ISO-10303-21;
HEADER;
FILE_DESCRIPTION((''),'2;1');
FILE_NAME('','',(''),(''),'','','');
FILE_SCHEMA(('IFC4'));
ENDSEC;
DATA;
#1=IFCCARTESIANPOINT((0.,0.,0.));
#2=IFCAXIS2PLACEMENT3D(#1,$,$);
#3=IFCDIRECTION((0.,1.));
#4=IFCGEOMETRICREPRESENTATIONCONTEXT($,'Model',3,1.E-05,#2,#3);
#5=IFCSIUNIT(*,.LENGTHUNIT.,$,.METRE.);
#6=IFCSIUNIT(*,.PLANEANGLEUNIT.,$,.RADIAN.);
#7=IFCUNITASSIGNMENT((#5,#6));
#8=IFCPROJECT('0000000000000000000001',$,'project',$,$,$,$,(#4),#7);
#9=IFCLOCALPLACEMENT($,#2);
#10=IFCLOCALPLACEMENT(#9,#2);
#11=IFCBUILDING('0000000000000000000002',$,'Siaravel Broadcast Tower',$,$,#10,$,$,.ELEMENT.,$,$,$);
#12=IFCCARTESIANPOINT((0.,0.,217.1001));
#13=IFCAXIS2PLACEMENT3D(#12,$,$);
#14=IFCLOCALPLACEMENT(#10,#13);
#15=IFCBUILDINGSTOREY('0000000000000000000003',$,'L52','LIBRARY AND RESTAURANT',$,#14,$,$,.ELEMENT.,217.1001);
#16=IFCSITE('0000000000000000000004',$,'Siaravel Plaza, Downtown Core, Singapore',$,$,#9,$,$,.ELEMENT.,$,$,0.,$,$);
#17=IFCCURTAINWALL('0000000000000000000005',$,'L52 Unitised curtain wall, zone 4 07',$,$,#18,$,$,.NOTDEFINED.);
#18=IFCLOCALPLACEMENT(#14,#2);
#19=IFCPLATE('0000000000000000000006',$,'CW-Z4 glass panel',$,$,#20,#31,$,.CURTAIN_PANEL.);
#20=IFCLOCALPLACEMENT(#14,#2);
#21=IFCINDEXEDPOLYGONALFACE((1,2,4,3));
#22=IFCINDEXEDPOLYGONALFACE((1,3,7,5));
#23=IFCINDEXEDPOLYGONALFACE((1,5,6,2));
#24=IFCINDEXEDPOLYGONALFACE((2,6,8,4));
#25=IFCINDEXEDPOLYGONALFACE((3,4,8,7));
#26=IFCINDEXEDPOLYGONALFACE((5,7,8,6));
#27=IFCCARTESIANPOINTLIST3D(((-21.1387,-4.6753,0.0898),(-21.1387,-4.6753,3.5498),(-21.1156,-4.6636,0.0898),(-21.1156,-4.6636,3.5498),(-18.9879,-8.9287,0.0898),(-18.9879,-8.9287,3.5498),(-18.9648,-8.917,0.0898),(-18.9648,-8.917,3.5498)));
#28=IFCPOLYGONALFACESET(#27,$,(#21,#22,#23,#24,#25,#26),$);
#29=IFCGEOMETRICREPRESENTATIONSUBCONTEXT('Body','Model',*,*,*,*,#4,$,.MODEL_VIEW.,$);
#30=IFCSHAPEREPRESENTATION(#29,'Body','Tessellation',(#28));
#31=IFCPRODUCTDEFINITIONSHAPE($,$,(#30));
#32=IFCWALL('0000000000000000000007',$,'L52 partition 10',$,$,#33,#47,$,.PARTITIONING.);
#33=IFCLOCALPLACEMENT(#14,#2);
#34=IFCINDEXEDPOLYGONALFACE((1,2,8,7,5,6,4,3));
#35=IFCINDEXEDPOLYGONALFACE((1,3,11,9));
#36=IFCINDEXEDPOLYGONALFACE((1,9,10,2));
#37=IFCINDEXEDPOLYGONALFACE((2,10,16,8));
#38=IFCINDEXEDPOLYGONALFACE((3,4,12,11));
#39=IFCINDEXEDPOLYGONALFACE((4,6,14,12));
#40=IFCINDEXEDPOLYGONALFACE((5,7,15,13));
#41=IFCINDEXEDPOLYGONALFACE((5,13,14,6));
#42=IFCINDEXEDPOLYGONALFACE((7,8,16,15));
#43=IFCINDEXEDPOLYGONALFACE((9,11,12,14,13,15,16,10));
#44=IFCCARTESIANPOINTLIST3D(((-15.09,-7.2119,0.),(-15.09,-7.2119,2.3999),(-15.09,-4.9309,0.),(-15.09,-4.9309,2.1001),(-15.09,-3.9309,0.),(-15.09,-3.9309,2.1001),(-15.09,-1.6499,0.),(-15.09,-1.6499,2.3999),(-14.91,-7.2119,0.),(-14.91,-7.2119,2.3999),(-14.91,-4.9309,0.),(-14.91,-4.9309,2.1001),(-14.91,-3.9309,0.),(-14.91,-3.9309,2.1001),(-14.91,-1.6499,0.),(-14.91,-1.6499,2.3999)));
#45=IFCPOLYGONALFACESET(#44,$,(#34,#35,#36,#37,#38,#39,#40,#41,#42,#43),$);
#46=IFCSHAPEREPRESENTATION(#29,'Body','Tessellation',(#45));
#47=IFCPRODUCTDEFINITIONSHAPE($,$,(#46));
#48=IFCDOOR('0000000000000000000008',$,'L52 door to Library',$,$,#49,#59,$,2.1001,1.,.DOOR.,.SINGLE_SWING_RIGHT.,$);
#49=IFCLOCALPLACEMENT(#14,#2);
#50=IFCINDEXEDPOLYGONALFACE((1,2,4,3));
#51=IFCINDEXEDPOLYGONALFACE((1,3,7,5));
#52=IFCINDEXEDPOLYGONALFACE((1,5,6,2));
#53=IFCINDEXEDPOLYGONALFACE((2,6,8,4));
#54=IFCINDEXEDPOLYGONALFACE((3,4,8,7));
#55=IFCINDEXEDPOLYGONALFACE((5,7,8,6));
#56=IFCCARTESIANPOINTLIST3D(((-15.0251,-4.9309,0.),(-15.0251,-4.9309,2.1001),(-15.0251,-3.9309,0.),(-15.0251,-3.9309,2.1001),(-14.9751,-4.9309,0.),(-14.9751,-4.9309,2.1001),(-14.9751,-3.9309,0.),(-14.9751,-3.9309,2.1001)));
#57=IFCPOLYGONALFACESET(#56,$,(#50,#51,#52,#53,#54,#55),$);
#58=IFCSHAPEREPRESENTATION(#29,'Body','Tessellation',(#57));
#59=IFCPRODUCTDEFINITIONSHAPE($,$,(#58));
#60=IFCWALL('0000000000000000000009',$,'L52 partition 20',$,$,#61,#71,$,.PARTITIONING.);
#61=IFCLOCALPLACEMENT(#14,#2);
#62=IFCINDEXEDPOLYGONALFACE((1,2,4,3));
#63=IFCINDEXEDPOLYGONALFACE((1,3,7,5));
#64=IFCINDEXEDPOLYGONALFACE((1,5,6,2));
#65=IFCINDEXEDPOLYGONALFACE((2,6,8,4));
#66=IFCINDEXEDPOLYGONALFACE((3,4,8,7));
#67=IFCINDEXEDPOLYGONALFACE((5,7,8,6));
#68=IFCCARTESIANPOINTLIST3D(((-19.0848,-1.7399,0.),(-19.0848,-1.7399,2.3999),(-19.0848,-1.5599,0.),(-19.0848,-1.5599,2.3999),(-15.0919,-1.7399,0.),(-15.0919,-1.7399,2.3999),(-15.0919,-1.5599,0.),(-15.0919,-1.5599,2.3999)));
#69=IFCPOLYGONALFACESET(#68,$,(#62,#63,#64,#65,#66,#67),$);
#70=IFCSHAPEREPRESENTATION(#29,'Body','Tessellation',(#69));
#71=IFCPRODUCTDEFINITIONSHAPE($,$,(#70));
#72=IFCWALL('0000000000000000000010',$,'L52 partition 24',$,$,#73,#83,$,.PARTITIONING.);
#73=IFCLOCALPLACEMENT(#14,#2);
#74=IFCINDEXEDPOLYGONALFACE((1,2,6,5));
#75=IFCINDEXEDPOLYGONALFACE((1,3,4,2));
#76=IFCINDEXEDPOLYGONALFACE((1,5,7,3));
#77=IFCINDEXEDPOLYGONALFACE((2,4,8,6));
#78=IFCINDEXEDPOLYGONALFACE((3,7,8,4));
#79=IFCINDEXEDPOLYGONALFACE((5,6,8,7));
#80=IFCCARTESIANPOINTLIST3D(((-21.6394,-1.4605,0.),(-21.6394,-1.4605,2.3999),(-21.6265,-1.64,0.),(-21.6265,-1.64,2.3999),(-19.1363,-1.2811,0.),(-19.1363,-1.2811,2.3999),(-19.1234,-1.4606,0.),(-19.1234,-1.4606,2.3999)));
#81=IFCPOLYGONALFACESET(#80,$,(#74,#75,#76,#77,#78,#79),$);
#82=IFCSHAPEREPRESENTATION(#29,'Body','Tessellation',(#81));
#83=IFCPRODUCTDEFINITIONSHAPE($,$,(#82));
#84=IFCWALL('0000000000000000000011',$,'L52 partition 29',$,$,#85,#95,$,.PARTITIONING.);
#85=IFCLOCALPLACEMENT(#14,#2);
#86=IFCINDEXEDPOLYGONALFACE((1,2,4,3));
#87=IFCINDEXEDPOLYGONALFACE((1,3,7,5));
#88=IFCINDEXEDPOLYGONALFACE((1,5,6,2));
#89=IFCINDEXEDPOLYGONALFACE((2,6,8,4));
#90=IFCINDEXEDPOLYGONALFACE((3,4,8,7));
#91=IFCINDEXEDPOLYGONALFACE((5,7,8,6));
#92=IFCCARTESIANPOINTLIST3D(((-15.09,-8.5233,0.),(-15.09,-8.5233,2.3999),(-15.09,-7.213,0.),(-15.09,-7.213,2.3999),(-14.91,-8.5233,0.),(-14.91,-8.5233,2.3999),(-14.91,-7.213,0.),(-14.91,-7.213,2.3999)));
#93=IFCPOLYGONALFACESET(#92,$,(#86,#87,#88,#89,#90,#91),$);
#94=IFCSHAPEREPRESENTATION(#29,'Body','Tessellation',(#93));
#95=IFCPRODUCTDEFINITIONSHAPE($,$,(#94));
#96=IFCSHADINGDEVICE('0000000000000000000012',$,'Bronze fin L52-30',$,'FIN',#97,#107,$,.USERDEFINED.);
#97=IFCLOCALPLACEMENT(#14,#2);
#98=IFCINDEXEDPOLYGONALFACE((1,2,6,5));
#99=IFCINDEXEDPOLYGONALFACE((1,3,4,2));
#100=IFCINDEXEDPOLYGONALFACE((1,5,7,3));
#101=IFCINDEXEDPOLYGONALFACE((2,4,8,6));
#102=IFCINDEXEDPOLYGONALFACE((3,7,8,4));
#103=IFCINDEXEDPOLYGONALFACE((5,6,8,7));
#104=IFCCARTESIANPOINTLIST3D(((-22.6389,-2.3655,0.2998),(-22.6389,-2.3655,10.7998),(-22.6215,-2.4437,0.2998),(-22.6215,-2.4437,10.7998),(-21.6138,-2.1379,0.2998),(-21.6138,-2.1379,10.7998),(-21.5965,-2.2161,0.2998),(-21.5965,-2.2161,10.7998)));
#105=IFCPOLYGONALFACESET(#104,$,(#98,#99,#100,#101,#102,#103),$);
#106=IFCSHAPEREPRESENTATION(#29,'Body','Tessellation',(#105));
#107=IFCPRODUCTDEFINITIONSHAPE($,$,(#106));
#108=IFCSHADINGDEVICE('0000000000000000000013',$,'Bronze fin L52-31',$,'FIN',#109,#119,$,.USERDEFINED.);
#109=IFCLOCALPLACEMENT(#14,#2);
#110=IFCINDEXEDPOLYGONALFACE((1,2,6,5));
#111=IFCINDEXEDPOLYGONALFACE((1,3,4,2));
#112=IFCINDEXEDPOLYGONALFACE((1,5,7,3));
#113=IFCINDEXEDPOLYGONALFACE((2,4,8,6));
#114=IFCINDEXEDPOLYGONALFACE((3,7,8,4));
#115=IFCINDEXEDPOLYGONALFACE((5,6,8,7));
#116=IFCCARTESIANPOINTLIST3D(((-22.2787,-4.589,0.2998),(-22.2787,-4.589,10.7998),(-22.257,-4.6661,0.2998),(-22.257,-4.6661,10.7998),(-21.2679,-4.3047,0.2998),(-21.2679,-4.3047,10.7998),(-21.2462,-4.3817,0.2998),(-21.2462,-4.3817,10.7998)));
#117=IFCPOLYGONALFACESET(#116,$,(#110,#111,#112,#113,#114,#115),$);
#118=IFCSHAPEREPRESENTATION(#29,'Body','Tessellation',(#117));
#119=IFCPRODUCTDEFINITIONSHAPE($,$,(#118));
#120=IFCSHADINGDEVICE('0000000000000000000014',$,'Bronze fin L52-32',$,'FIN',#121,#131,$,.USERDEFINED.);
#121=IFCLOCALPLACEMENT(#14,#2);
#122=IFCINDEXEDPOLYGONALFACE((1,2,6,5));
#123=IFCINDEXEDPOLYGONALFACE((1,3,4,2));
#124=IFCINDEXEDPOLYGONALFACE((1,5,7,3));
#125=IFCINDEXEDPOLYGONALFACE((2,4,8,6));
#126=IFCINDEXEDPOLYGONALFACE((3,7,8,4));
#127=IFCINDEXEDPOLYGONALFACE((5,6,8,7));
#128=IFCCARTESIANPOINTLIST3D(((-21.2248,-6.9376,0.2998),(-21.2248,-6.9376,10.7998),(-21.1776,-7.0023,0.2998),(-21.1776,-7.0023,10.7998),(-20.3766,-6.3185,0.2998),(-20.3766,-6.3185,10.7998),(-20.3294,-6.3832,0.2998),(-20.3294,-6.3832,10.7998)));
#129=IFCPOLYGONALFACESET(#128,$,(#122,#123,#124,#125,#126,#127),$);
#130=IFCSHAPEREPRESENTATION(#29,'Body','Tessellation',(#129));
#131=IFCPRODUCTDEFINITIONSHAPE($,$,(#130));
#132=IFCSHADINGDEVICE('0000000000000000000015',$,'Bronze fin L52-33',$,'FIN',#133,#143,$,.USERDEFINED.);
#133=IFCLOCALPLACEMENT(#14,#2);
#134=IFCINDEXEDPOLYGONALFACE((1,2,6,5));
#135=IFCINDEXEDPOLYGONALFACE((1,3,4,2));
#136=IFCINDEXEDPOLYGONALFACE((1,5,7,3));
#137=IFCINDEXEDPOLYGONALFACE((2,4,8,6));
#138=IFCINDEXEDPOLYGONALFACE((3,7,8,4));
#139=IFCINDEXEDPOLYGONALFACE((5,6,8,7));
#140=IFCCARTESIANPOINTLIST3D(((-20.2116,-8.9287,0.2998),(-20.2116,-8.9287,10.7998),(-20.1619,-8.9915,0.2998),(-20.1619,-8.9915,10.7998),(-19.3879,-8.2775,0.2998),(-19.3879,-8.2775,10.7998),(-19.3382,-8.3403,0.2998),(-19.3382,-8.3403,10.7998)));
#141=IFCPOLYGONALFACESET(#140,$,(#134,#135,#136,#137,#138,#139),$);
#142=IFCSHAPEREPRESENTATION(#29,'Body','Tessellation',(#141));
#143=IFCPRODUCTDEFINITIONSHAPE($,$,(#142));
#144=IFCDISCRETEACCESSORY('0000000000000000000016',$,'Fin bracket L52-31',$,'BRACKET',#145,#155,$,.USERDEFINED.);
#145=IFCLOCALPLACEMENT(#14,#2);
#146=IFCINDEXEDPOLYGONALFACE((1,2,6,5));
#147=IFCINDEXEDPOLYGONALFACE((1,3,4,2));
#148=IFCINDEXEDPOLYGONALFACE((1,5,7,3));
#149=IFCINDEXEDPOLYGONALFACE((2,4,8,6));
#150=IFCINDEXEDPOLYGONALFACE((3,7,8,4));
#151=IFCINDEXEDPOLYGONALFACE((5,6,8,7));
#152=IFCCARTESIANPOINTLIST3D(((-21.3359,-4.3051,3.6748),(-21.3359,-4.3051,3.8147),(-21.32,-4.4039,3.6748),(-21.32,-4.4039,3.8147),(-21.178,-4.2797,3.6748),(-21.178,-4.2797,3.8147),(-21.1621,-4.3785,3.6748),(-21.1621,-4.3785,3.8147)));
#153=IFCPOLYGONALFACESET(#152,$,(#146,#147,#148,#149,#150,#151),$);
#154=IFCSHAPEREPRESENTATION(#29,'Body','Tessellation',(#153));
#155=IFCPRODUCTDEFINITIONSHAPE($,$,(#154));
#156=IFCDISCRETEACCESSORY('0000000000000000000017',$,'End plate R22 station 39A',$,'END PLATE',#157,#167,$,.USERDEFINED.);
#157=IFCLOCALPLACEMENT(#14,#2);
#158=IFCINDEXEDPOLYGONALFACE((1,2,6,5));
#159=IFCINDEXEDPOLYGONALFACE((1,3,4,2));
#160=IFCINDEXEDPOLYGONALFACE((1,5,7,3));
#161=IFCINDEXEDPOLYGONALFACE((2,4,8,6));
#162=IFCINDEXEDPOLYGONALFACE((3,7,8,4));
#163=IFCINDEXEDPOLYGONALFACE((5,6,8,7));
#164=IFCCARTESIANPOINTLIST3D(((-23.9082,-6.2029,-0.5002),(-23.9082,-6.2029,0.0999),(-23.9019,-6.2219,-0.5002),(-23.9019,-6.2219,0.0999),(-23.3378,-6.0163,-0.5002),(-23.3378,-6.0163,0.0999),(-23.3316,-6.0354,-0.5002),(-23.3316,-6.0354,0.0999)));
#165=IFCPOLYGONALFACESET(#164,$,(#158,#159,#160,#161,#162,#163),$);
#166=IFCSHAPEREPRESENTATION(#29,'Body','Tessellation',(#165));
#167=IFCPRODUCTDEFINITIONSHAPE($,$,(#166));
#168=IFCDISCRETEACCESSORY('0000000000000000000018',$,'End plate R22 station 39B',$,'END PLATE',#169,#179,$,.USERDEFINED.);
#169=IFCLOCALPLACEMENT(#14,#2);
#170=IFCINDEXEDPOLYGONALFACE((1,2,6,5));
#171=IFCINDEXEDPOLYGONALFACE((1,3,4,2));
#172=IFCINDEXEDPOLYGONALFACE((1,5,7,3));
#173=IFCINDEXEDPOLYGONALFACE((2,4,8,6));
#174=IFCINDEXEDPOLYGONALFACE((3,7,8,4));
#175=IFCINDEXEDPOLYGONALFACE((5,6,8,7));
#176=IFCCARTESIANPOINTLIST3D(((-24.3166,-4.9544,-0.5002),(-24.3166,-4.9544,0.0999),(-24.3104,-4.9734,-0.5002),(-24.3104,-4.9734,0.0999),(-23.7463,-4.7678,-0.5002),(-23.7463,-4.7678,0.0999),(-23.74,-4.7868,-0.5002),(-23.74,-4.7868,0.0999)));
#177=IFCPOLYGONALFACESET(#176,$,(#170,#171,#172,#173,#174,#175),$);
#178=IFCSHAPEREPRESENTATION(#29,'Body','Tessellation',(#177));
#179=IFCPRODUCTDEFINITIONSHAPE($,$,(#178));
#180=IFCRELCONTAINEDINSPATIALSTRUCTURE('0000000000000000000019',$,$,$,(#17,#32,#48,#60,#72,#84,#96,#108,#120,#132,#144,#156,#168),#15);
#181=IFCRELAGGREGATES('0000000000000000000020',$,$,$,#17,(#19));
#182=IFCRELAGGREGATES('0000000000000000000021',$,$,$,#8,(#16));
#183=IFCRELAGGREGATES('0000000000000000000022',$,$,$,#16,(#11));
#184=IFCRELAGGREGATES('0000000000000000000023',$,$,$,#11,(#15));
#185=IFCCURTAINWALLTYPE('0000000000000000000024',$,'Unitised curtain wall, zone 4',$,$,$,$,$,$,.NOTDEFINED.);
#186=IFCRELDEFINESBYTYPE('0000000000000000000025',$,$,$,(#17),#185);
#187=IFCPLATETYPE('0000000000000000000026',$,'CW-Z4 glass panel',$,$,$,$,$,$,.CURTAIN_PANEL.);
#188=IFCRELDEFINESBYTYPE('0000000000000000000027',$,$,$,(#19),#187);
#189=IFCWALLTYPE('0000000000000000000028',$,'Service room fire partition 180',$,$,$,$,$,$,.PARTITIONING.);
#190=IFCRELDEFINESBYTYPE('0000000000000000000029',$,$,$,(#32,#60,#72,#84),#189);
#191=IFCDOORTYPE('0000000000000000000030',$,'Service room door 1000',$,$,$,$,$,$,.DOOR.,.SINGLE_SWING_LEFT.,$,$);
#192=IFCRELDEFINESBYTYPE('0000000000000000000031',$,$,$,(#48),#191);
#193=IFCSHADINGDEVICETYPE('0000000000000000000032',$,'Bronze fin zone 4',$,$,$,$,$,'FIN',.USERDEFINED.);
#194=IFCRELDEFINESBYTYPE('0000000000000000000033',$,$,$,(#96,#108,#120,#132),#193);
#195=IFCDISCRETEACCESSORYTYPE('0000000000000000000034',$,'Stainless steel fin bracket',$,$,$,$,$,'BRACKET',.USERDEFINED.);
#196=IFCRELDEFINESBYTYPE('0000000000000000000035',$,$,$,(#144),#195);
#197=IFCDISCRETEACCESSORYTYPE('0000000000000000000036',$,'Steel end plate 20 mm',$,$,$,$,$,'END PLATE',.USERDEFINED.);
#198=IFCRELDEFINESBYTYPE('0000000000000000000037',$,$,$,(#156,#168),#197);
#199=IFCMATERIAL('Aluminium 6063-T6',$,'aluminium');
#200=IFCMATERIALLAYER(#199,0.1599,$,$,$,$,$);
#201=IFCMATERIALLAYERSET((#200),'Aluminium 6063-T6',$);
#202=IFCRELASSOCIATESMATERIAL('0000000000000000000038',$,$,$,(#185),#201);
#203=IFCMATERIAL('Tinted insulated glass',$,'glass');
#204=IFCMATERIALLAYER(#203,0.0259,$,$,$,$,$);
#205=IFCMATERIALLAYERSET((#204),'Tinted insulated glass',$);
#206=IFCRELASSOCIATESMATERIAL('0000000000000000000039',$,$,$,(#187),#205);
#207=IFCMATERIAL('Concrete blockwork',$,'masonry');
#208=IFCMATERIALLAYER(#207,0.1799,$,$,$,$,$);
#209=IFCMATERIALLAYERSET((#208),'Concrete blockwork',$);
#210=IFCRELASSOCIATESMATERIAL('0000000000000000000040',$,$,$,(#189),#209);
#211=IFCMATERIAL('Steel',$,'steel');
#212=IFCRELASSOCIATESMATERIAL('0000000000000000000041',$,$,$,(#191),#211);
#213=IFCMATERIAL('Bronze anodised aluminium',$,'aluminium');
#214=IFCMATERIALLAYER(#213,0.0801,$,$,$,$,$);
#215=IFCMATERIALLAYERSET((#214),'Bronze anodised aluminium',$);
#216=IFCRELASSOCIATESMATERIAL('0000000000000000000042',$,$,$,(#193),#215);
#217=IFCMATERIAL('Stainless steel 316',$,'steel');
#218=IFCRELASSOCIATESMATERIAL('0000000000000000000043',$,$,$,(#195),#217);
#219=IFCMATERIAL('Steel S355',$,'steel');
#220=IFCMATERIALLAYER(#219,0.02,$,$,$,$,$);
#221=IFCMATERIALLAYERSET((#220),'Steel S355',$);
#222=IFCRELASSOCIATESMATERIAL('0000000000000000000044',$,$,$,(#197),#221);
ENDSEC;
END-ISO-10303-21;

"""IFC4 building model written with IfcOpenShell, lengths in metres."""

from ifc_helpers import new_model, si_unit, direction, frame, frame_2d, origin, origin_2d, place, context, subcontext, project, spatial, rectangle, extrude, material, layer, layer_set, type_object, element, fill, aggregate, save


model = new_model("IFC4")

# Units and contexts
model_context = context("Model", 3, precision=1e-05, world=origin(), true_north=direction((0.0, 1.0)))
body_context = subcontext(model_context, "Body", "Model", "MODEL_VIEW")
ifc_project = project(units=[si_unit("LENGTHUNIT", "METRE"), si_unit("PLANEANGLEUNIT", "RADIAN")], contexts=[model_context])

# Site, building, storey
site_placement = place(None, origin())
site = spatial("IfcSite", under=ifc_project, at=site_placement, Name="Siaravel Plaza, Downtown Core, Singapore", CompositionType="ELEMENT", RefElevation=0.0)
building_placement = place(site_placement, origin())
building = spatial("IfcBuilding", under=site, at=building_placement, Name="Siaravel Broadcast Tower", CompositionType="ELEMENT")
storey_placement = place(building_placement, frame((0.0, 0.0, 217.1001)))
storey = spatial("IfcBuildingStorey", under=building, at=storey_placement, Name="L52", Description="LIBRARY AND RESTAURANT", CompositionType="ELEMENT", Elevation=217.1001)

# Shared definitions
ifc_material_1 = material(Name="Steel S355", Category="steel")

# Curtain wall
ifc_material_2 = material(Name="Aluminium 6063-T6", Category="aluminium")
ifc_layer_1 = layer(ifc_material_2, 0.1599)
ifc_layer_set_1 = layer_set([ifc_layer_1], Name="Aluminium 6063-T6")
curtain_wall_type = type_object("IfcCurtainWallType", Name="Unitised curtain wall, zone 4", PredefinedType="NOTDEFINED", material=ifc_layer_set_1)
curtain_wall_placement = place(storey_placement, origin())
curtain_wall = element("IfcCurtainWall", 1, at=curtain_wall_placement, inside=storey, type_object=curtain_wall_type, Name="L52 Unitised curtain wall, zone 4 07", PredefinedType="NOTDEFINED")

# Plate
ifc_material_3 = material(Name="Tinted insulated glass", Category="glass")
ifc_layer_2 = layer(ifc_material_3, 0.0259)
ifc_layer_set_2 = layer_set([ifc_layer_2], Name="Tinted insulated glass")
plate_type = type_object("IfcPlateType", Name="CW-Z4 glass panel", PredefinedType="CURTAIN_PANEL", material=ifc_layer_set_2)
plate_1_placement = place(storey_placement, frame((-20.0518, -6.7961, 0.0898), z_axis=(0.0, 0.0, 1.0), x_axis=(0.45126, -0.892393, 0.0)))
plate_1 = element("IfcPlate", 2, at=plate_1_placement, type_object=plate_type, Name="CW-Z4 glass panel", PredefinedType="CURTAIN_PANEL", context=body_context, shape_type="SweptSolid", body=[
    extrude(rectangle(XDim=4.7664, YDim=0.0259, at=origin_2d()), origin(), (0.0, 0.0, 1.0), 3.46),
])
aggregate(curtain_wall, [plate_1])

# Wall, opening, door
ifc_material_4 = material(Name="Concrete blockwork", Category="masonry")
ifc_layer_3 = layer(ifc_material_4, 0.1799)
ifc_layer_set_3 = layer_set([ifc_layer_3], Name="Concrete blockwork")
wall_type = type_object("IfcWallType", Name="Service room fire partition 180", PredefinedType="PARTITIONING", material=ifc_layer_set_3)
wall_1_placement = place(storey_placement, frame((-15.0, -1.6499, 0.0), z_axis=(0.0, 0.0, 1.0), x_axis=(0.0, -1.0, 0.0)))
wall_1 = element("IfcWall", 3, at=wall_1_placement, inside=storey, type_object=wall_type, Name="L52 partition 10", PredefinedType="PARTITIONING", context=body_context, shape_type="SweptSolid", body=[
    extrude(rectangle(XDim=5.562, YDim=0.1799, at=frame_2d((2.781, 0.0))), origin(), (0.0, 0.0, 1.0), 2.3999),
])
opening_placement = place(wall_1_placement, frame((2.281, 0.0, 0.0)))
opening = element("IfcOpeningElement", 4, at=opening_placement, cuts=wall_1, PredefinedType="OPENING", context=body_context, shape_type="SweptSolid", body=[
    extrude(rectangle(XDim=1.0, YDim=2.1001, at=frame_2d((0.5, 1.05))), frame((0.0, 0.0999, 0.0), z_axis=(0.0, -1.0, 0.0), x_axis=(1.0, 0.0, 0.0)), (0.0, 0.0, 1.0), 0.2),
])
ifc_material_5 = material(Name="Steel", Category="steel")
door_type = type_object("IfcDoorType", Name="Service room door 1000", OperationType="SINGLE_SWING_LEFT", PredefinedType="DOOR", material=ifc_material_5)
door_placement = place(opening_placement, origin())
door = element("IfcDoor", 5, at=door_placement, inside=storey, type_object=door_type, Name="L52 door to Library", OperationType="SINGLE_SWING_RIGHT", OverallHeight=2.1001, OverallWidth=1.0, PredefinedType="DOOR", context=body_context, shape_type="SweptSolid", body=[
    extrude(rectangle(XDim=1.0, YDim=2.1001, at=frame_2d((0.5, 1.05))), frame((0.0, 0.0249, 0.0), z_axis=(0.0, -1.0, 0.0), x_axis=(1.0, 0.0, 0.0)), (0.0, 0.0, 1.0), 0.05),
])
fill(opening, door)

# Walls
wall_2_placement = place(storey_placement, frame((-19.085, -1.6499, 0.0), z_axis=(0.0, 0.0, 1.0), x_axis=(1.0, 0.0, 0.0)))
element("IfcWall", 6, at=wall_2_placement, inside=storey, type_object=wall_type, Name="L52 partition 20", PredefinedType="PARTITIONING", context=body_context, shape_type="SweptSolid", body=[
    extrude(rectangle(XDim=3.9929, YDim=0.1799, at=frame_2d((1.9966, 0.0))), origin(), (0.0, 0.0, 1.0), 2.3999),
])
wall_3_placement = place(storey_placement, frame((-21.6331, -1.5503, 0.0), z_axis=(0.0, 0.0, 1.0), x_axis=(0.99744, 0.071503, 0.0)))
element("IfcWall", 7, at=wall_3_placement, inside=storey, type_object=wall_type, Name="L52 partition 24", PredefinedType="PARTITIONING", context=body_context, shape_type="SweptSolid", body=[
    extrude(rectangle(XDim=2.5095, YDim=0.1799, at=frame_2d((1.2549, 0.0))), origin(), (0.0, 0.0, 1.0), 2.3999),
])
wall_4_placement = place(storey_placement, frame((-15.0, -7.2129, 0.0), z_axis=(0.0, 0.0, 1.0), x_axis=(0.0, -1.0, 0.0)))
element("IfcWall", 8, at=wall_4_placement, inside=storey, type_object=wall_type, Name="L52 partition 29", PredefinedType="PARTITIONING", context=body_context, shape_type="SweptSolid", body=[
    extrude(rectangle(XDim=1.3103, YDim=0.1799, at=frame_2d((0.6553, 0.0))), origin(), (0.0, 0.0, 1.0), 2.3999),
])

# Shading devices
ifc_material_6 = material(Name="Bronze anodised aluminium", Category="aluminium")
ifc_layer_4 = layer(ifc_material_6, 0.0801)
ifc_layer_set_4 = layer_set([ifc_layer_4], Name="Bronze anodised aluminium")
shading_device_type = type_object("IfcShadingDeviceType", Name="Bronze fin zone 4", ElementType="FIN", PredefinedType="USERDEFINED", material=ifc_layer_set_4)
for number, where, z_axis, x_axis, name in (
    (9, (-22.1177, -2.2908, 0.2998), (0.0, 0.0, 1.0), (-0.97623, -0.216738, 0.0), "Bronze fin L52-30"),
    (10, (-21.7625, -4.4854, 0.2998), (0.0, 0.0, 1.0), (-0.962646, -0.270762, 0.0), "Bronze fin L52-31"),
    (11, (-20.7771, -6.6604, 0.2998), (0.0, 0.0, 1.0), (-0.807718, -0.589569, 0.0), "Bronze fin L52-32"),
    (12, (-19.7749, -8.6345, 0.2998), (0.0, 0.0, 1.0), (-0.784446, -0.620197, 0.0), "Bronze fin L52-33"),
):
    element("IfcShadingDevice", number, at=place(storey_placement, frame(where, z_axis=z_axis, x_axis=x_axis)), inside=storey, type_object=shading_device_type, Name=name, ObjectType="FIN", PredefinedType="USERDEFINED", context=body_context, shape_type="SweptSolid", body=[
        extrude(rectangle(XDim=1.05, YDim=0.0801, at=origin_2d()), origin(), (0.0, 0.0, 1.0), 10.5),
    ])

# Discrete accessories
ifc_material_7 = material(Name="Stainless steel 316", Category="steel")
discrete_accessory_type_1 = type_object("IfcDiscreteAccessoryType", Name="Stainless steel fin bracket", ElementType="BRACKET", PredefinedType="USERDEFINED", material=ifc_material_7)
discrete_accessory_placement = place(storey_placement, frame((-21.249, -4.3418, 3.6748), z_axis=(0.0, 0.0, 1.0), x_axis=(-0.987329, -0.158685, 0.0)))
element("IfcDiscreteAccessory", 13, at=discrete_accessory_placement, inside=storey, type_object=discrete_accessory_type_1, Name="Fin bracket L52-31", ObjectType="BRACKET", PredefinedType="USERDEFINED", context=body_context, shape_type="SweptSolid", body=[
    extrude(rectangle(XDim=0.1599, YDim=0.1001, at=origin_2d()), origin(), (0.0, 0.0, 1.0), 0.1399),
])
ifc_layer_5 = layer(ifc_material_1, 0.02)
ifc_layer_set_5 = layer_set([ifc_layer_5], Name="Steel S355")
discrete_accessory_type_2 = type_object("IfcDiscreteAccessoryType", Name="Steel end plate 20 mm", ElementType="END PLATE", PredefinedType="USERDEFINED", material=ifc_layer_set_5)
for number, where, z_axis, x_axis, name in (
    (14, (-23.6199, -6.1191, -0.5002), (0.0, 0.0, 1.0), (0.31091, -0.950439, 0.0), "End plate R22 station 39A"),
    (15, (-24.0283, -4.8706, -0.5002), (0.0, 0.0, 1.0), (0.31091, -0.950439, 0.0), "End plate R22 station 39B"),
):
    element("IfcDiscreteAccessory", number, at=place(storey_placement, frame(where, z_axis=z_axis, x_axis=x_axis)), inside=storey, type_object=discrete_accessory_type_2, Name=name, ObjectType="END PLATE", PredefinedType="USERDEFINED", context=body_context, shape_type="SweptSolid", body=[
        extrude(rectangle(XDim=0.02, YDim=0.6001, at=origin_2d()), origin(), (0.0, 0.0, 1.0), 0.6001),
    ])

save(model, "model.ifc")
